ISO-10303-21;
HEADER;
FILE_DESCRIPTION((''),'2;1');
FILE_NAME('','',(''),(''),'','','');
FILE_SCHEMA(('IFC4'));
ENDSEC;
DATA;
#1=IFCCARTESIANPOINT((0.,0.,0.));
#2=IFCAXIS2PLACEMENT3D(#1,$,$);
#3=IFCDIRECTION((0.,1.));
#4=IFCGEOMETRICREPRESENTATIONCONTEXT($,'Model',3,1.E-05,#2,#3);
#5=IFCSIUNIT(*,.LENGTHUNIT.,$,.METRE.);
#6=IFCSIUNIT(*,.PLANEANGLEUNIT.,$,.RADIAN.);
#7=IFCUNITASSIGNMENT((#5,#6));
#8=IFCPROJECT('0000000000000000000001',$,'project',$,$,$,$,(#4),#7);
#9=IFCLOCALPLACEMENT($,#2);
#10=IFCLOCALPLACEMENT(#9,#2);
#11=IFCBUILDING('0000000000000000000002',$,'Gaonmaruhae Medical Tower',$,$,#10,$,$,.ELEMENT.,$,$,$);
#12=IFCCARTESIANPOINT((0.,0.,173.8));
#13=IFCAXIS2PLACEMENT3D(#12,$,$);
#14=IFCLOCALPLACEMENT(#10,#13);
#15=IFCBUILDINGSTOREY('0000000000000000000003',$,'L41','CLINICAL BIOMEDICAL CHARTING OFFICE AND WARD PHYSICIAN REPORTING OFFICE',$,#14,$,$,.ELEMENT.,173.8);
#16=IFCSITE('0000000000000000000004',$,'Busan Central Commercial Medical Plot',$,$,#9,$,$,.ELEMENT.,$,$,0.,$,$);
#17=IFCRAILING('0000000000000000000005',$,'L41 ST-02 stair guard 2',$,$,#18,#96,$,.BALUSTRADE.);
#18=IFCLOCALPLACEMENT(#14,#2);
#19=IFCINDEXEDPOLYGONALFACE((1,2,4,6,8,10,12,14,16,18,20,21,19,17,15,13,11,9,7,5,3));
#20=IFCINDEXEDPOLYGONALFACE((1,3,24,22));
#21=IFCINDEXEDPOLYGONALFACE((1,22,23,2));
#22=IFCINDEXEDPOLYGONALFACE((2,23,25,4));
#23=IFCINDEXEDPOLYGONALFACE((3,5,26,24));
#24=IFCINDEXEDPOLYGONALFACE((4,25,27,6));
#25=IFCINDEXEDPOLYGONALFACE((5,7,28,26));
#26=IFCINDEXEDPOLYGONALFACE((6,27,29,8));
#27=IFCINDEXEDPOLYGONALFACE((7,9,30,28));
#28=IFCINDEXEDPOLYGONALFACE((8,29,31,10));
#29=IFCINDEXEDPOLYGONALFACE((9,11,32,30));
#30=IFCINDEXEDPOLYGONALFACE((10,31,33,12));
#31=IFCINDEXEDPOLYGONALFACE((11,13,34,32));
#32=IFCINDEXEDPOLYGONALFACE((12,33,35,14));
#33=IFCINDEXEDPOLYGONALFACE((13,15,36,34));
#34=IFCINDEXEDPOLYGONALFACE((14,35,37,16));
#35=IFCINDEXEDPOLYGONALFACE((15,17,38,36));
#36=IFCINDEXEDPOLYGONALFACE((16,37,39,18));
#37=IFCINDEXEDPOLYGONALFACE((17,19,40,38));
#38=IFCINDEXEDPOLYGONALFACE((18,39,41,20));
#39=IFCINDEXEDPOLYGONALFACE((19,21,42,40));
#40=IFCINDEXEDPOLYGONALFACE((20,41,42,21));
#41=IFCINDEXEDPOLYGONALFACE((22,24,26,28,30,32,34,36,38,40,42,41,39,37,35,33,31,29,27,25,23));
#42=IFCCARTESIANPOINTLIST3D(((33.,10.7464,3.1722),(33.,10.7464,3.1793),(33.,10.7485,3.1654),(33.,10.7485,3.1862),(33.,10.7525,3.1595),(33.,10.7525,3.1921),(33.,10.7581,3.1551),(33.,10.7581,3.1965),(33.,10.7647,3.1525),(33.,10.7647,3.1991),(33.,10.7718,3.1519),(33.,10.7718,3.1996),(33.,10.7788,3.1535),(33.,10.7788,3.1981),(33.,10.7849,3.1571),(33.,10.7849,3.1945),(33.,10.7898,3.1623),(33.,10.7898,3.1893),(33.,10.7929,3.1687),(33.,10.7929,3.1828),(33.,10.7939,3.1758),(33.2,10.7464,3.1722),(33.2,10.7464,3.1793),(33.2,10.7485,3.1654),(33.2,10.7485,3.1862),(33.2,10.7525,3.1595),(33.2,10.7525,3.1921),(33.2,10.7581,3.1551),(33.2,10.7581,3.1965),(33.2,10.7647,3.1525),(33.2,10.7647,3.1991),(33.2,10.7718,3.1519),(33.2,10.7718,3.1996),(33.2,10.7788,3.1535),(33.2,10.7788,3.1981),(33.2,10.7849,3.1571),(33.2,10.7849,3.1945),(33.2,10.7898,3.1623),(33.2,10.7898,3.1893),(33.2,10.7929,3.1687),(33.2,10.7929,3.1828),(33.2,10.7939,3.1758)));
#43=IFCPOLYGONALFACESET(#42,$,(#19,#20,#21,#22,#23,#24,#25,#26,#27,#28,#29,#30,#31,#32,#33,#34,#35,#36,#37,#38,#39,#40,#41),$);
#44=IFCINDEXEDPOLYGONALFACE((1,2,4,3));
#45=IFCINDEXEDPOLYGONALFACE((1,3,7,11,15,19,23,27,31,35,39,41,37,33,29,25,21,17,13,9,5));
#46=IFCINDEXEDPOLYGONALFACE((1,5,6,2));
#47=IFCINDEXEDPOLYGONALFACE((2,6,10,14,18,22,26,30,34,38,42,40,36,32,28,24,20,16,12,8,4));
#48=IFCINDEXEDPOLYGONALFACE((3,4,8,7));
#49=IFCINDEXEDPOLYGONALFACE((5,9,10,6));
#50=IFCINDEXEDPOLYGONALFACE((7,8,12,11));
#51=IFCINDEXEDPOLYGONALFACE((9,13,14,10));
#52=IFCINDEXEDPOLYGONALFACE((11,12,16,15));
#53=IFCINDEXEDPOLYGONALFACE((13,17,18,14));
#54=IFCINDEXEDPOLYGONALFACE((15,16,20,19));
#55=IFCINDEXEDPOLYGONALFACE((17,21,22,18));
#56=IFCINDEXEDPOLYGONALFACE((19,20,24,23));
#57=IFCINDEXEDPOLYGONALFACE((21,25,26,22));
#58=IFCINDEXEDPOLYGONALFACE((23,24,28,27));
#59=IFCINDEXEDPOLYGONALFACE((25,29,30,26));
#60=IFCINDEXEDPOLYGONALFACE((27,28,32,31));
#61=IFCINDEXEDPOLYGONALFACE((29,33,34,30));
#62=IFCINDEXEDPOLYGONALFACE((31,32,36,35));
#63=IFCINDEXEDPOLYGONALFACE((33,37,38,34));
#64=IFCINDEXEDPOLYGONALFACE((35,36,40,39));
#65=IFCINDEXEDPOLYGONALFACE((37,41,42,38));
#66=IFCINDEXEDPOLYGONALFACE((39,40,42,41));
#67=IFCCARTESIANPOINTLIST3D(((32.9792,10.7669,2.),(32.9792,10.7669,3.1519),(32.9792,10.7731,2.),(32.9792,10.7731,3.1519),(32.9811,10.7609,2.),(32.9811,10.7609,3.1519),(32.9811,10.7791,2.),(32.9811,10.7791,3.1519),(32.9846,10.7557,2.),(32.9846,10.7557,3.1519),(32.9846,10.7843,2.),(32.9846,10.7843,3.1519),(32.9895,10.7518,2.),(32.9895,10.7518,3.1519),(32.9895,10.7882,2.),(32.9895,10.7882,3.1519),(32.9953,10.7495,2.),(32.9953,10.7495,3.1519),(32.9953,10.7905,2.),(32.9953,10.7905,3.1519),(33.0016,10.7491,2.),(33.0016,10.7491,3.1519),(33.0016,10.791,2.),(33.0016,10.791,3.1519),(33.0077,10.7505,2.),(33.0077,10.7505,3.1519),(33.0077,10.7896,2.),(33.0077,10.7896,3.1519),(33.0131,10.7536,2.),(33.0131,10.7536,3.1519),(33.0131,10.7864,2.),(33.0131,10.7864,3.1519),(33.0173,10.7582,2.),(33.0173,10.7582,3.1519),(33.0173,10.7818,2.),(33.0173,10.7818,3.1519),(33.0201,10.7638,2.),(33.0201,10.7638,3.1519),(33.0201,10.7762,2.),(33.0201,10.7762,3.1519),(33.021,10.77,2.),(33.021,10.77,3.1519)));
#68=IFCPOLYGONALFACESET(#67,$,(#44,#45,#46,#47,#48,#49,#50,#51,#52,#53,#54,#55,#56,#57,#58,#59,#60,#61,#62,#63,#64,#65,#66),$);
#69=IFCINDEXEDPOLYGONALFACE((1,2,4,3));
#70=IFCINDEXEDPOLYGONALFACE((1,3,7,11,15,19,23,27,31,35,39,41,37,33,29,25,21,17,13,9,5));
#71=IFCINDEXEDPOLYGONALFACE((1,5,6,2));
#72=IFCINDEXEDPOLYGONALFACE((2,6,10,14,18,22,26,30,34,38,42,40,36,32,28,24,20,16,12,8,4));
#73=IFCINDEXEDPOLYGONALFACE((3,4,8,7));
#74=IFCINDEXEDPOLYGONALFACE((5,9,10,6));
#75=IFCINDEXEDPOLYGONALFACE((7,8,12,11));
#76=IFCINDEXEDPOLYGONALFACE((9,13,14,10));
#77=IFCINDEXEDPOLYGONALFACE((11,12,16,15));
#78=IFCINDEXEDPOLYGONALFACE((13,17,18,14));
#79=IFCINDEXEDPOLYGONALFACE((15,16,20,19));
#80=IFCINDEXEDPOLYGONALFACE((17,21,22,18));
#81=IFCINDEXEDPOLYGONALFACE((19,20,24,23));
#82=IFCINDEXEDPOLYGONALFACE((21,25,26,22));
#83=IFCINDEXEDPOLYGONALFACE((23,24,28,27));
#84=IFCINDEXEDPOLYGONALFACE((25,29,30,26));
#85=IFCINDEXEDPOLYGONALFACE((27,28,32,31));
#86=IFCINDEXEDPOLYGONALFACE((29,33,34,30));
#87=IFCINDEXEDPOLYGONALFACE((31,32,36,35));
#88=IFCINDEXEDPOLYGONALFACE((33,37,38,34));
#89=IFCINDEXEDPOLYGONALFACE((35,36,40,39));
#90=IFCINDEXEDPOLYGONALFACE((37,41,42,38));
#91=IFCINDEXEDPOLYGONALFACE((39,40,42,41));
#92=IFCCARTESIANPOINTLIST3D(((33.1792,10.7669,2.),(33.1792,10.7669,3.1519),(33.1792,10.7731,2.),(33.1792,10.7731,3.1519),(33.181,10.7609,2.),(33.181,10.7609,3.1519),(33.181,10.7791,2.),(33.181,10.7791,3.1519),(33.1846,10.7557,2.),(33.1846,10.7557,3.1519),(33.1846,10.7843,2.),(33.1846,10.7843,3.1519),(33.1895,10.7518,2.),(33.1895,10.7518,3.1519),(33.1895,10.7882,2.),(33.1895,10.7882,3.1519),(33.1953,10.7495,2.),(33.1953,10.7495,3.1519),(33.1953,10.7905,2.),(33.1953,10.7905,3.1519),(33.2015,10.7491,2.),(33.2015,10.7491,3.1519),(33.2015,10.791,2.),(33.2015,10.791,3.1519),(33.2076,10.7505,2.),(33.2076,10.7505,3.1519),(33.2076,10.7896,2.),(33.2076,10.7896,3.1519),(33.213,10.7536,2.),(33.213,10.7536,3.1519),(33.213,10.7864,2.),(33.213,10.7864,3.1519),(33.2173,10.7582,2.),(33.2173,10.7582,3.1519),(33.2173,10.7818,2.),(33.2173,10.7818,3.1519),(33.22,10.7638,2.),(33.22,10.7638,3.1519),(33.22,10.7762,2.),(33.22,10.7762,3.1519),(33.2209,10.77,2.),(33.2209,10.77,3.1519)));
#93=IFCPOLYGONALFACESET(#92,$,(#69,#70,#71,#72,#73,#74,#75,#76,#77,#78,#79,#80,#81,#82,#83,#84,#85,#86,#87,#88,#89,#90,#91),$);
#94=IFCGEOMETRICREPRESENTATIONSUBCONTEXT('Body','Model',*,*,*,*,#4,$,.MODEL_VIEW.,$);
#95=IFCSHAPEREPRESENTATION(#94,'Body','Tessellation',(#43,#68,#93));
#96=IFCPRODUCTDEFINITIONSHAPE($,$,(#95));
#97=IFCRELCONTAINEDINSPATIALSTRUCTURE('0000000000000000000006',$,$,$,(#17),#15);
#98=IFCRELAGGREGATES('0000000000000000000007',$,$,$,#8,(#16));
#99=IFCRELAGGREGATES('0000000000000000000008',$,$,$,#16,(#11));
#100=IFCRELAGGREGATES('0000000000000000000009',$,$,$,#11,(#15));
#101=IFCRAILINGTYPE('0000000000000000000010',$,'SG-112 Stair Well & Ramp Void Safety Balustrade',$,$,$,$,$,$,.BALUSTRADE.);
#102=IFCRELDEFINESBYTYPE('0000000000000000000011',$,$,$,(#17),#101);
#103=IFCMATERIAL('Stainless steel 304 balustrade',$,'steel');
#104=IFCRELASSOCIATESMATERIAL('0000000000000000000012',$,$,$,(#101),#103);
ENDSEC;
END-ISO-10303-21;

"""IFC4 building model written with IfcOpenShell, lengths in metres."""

from ifc_helpers import new_model, si_unit, direction, frame, origin, origin_2d, place, context, subcontext, project, spatial, circle, extrude, material, type_object, element, save


model = new_model("IFC4")

# Units and contexts
model_context = context("Model", 3, precision=1e-05, world=origin(), true_north=direction((0.0, 1.0)))
body_context = subcontext(model_context, "Body", "Model", "MODEL_VIEW")
ifc_project = project(units=[si_unit("LENGTHUNIT", "METRE"), si_unit("PLANEANGLEUNIT", "RADIAN")], contexts=[model_context])

# Site, building, storey
site_placement = place(None, origin())
site = spatial("IfcSite", under=ifc_project, at=site_placement, Name="Busan Central Commercial Medical Plot", CompositionType="ELEMENT", RefElevation=0.0)
building_placement = place(site_placement, origin())
building = spatial("IfcBuilding", under=site, at=building_placement, Name="Gaonmaruhae Medical Tower", CompositionType="ELEMENT")
storey_placement = place(building_placement, frame((0.0, 0.0, 173.8)))
storey = spatial("IfcBuildingStorey", under=building, at=storey_placement, Name="L41", Description="CLINICAL BIOMEDICAL CHARTING OFFICE AND WARD PHYSICIAN REPORTING OFFICE", CompositionType="ELEMENT", Elevation=173.8)

# Railing
ifc_material_1 = material(Name="Stainless steel 304 balustrade", Category="steel")
railing_type_1 = type_object("IfcRailingType", Name="SG-112 Stair Well & Ramp Void Safety Balustrade", PredefinedType="BALUSTRADE", material=ifc_material_1)
railing_1_placement = place(storey_placement, frame((33.0, 10.77, 2.0)))
element("IfcRailing", 1, at=railing_1_placement, inside=storey, type_object=railing_type_1, Name="L41 ST-02 stair guard 2", PredefinedType="BALUSTRADE", context=body_context, shape_type="SweptSolid", body=[
    extrude(circle(Radius=0.0239, at=origin_2d()), frame((0.0, 0.0, 1.1758), z_axis=(1.0, 0.0, 0.0), x_axis=(0.0, 1.0, 0.0)), (0.0, 0.0, 1.0), 0.2),
    extrude(circle(Radius=0.021, at=origin_2d()), origin(), (0.0, 0.0, 1.0), 1.1519),
    extrude(circle(Radius=0.021, at=origin_2d()), frame((0.2, 0.0, 0.0)), (0.0, 0.0, 1.0), 1.1519),
])

save(model, "model.ifc")
